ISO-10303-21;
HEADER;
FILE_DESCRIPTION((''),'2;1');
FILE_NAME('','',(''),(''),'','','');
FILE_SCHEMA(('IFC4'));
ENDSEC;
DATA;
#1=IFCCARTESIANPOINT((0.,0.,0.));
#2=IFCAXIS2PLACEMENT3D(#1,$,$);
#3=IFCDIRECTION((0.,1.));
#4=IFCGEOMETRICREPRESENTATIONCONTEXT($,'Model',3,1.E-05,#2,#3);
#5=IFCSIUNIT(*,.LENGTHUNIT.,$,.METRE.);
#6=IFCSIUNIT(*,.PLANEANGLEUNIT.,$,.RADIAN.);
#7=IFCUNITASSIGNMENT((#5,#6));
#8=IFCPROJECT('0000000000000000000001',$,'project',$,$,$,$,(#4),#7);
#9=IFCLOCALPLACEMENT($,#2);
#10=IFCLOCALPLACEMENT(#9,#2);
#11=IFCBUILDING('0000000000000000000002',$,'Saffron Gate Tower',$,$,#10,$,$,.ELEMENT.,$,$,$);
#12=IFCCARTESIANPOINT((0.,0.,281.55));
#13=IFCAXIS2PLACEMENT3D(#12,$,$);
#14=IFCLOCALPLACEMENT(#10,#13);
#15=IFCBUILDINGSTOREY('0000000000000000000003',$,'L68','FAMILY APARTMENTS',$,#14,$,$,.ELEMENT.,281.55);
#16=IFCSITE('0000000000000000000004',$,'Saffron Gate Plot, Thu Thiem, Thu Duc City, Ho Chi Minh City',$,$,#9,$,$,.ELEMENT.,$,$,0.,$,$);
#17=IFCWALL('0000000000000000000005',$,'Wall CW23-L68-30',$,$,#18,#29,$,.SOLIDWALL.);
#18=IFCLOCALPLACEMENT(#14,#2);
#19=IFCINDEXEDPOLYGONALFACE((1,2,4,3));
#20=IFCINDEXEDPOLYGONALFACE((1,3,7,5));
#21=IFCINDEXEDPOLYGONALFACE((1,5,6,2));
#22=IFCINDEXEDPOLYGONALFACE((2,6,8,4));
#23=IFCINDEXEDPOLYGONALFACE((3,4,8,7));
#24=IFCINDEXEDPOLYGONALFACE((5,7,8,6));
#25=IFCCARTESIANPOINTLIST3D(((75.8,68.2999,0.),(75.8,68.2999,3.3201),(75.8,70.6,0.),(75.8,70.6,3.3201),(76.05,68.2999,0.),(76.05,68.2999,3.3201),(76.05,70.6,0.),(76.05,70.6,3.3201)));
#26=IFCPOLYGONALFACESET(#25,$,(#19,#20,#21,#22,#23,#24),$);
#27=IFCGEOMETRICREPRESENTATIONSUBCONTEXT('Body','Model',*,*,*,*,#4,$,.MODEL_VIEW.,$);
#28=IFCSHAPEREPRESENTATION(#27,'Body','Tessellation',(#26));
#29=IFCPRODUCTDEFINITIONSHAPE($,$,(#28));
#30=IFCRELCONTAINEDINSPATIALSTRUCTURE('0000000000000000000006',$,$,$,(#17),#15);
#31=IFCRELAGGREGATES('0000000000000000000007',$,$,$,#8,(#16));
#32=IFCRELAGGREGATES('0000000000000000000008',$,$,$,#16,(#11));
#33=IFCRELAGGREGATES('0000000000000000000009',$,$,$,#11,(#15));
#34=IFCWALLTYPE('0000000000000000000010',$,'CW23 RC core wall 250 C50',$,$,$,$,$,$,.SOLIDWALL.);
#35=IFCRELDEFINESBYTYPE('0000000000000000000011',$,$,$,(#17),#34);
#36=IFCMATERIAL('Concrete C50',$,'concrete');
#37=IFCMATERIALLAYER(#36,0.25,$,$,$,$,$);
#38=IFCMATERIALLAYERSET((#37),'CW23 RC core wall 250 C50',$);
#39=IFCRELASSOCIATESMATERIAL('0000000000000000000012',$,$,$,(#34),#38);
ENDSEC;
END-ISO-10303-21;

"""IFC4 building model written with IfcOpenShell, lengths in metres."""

from ifc_helpers import new_model, si_unit, direction, frame, frame_2d, origin, place, context, subcontext, project, spatial, rectangle, extrude, material, layer, layer_set, type_object, element, save


model = new_model("IFC4")

# Units and contexts
model_context = context("Model", 3, precision=1e-05, world=origin(), true_north=direction((0.0, 1.0)))
body_context = subcontext(model_context, "Body", "Model", "MODEL_VIEW")
ifc_project = project(units=[si_unit("LENGTHUNIT", "METRE"), si_unit("PLANEANGLEUNIT", "RADIAN")], contexts=[model_context])

# Site, building, storey
site_placement = place(None, origin())
site = spatial("IfcSite", under=ifc_project, at=site_placement, Name="Saffron Gate Plot, Thu Thiem, Thu Duc City, Ho Chi Minh City", CompositionType="ELEMENT", RefElevation=0.0)
building_placement = place(site_placement, origin())
building = spatial("IfcBuilding", under=site, at=building_placement, Name="Saffron Gate Tower", CompositionType="ELEMENT")
storey_placement = place(building_placement, frame((0.0, 0.0, 281.55)))
storey = spatial("IfcBuildingStorey", under=building, at=storey_placement, Name="L68", Description="FAMILY APARTMENTS", CompositionType="ELEMENT", Elevation=281.55)

# Wall
ifc_material_1 = material(Name="Concrete C50", Category="concrete")
ifc_layer_1 = layer(ifc_material_1, 0.25)
ifc_layer_set_1 = layer_set([ifc_layer_1], Name="CW23 RC core wall 250 C50")
wall_type_1 = type_object("IfcWallType", Name="CW23 RC core wall 250 C50", PredefinedType="SOLIDWALL", material=ifc_layer_set_1)
wall_1_placement = place(storey_placement, frame((75.925, 68.3, 0.0), z_axis=(0.0, 0.0, 1.0), x_axis=(0.0, 1.0, 0.0)))
element("IfcWall", 1, at=wall_1_placement, inside=storey, type_object=wall_type_1, Name="Wall CW23-L68-30", PredefinedType="SOLIDWALL", context=body_context, shape_type="SweptSolid", body=[
    extrude(rectangle(XDim=2.3, YDim=0.25, at=frame_2d((1.1499, 0.0))), origin(), (0.0, 0.0, 1.0), 3.3201),
])

save(model, "model.ifc")
